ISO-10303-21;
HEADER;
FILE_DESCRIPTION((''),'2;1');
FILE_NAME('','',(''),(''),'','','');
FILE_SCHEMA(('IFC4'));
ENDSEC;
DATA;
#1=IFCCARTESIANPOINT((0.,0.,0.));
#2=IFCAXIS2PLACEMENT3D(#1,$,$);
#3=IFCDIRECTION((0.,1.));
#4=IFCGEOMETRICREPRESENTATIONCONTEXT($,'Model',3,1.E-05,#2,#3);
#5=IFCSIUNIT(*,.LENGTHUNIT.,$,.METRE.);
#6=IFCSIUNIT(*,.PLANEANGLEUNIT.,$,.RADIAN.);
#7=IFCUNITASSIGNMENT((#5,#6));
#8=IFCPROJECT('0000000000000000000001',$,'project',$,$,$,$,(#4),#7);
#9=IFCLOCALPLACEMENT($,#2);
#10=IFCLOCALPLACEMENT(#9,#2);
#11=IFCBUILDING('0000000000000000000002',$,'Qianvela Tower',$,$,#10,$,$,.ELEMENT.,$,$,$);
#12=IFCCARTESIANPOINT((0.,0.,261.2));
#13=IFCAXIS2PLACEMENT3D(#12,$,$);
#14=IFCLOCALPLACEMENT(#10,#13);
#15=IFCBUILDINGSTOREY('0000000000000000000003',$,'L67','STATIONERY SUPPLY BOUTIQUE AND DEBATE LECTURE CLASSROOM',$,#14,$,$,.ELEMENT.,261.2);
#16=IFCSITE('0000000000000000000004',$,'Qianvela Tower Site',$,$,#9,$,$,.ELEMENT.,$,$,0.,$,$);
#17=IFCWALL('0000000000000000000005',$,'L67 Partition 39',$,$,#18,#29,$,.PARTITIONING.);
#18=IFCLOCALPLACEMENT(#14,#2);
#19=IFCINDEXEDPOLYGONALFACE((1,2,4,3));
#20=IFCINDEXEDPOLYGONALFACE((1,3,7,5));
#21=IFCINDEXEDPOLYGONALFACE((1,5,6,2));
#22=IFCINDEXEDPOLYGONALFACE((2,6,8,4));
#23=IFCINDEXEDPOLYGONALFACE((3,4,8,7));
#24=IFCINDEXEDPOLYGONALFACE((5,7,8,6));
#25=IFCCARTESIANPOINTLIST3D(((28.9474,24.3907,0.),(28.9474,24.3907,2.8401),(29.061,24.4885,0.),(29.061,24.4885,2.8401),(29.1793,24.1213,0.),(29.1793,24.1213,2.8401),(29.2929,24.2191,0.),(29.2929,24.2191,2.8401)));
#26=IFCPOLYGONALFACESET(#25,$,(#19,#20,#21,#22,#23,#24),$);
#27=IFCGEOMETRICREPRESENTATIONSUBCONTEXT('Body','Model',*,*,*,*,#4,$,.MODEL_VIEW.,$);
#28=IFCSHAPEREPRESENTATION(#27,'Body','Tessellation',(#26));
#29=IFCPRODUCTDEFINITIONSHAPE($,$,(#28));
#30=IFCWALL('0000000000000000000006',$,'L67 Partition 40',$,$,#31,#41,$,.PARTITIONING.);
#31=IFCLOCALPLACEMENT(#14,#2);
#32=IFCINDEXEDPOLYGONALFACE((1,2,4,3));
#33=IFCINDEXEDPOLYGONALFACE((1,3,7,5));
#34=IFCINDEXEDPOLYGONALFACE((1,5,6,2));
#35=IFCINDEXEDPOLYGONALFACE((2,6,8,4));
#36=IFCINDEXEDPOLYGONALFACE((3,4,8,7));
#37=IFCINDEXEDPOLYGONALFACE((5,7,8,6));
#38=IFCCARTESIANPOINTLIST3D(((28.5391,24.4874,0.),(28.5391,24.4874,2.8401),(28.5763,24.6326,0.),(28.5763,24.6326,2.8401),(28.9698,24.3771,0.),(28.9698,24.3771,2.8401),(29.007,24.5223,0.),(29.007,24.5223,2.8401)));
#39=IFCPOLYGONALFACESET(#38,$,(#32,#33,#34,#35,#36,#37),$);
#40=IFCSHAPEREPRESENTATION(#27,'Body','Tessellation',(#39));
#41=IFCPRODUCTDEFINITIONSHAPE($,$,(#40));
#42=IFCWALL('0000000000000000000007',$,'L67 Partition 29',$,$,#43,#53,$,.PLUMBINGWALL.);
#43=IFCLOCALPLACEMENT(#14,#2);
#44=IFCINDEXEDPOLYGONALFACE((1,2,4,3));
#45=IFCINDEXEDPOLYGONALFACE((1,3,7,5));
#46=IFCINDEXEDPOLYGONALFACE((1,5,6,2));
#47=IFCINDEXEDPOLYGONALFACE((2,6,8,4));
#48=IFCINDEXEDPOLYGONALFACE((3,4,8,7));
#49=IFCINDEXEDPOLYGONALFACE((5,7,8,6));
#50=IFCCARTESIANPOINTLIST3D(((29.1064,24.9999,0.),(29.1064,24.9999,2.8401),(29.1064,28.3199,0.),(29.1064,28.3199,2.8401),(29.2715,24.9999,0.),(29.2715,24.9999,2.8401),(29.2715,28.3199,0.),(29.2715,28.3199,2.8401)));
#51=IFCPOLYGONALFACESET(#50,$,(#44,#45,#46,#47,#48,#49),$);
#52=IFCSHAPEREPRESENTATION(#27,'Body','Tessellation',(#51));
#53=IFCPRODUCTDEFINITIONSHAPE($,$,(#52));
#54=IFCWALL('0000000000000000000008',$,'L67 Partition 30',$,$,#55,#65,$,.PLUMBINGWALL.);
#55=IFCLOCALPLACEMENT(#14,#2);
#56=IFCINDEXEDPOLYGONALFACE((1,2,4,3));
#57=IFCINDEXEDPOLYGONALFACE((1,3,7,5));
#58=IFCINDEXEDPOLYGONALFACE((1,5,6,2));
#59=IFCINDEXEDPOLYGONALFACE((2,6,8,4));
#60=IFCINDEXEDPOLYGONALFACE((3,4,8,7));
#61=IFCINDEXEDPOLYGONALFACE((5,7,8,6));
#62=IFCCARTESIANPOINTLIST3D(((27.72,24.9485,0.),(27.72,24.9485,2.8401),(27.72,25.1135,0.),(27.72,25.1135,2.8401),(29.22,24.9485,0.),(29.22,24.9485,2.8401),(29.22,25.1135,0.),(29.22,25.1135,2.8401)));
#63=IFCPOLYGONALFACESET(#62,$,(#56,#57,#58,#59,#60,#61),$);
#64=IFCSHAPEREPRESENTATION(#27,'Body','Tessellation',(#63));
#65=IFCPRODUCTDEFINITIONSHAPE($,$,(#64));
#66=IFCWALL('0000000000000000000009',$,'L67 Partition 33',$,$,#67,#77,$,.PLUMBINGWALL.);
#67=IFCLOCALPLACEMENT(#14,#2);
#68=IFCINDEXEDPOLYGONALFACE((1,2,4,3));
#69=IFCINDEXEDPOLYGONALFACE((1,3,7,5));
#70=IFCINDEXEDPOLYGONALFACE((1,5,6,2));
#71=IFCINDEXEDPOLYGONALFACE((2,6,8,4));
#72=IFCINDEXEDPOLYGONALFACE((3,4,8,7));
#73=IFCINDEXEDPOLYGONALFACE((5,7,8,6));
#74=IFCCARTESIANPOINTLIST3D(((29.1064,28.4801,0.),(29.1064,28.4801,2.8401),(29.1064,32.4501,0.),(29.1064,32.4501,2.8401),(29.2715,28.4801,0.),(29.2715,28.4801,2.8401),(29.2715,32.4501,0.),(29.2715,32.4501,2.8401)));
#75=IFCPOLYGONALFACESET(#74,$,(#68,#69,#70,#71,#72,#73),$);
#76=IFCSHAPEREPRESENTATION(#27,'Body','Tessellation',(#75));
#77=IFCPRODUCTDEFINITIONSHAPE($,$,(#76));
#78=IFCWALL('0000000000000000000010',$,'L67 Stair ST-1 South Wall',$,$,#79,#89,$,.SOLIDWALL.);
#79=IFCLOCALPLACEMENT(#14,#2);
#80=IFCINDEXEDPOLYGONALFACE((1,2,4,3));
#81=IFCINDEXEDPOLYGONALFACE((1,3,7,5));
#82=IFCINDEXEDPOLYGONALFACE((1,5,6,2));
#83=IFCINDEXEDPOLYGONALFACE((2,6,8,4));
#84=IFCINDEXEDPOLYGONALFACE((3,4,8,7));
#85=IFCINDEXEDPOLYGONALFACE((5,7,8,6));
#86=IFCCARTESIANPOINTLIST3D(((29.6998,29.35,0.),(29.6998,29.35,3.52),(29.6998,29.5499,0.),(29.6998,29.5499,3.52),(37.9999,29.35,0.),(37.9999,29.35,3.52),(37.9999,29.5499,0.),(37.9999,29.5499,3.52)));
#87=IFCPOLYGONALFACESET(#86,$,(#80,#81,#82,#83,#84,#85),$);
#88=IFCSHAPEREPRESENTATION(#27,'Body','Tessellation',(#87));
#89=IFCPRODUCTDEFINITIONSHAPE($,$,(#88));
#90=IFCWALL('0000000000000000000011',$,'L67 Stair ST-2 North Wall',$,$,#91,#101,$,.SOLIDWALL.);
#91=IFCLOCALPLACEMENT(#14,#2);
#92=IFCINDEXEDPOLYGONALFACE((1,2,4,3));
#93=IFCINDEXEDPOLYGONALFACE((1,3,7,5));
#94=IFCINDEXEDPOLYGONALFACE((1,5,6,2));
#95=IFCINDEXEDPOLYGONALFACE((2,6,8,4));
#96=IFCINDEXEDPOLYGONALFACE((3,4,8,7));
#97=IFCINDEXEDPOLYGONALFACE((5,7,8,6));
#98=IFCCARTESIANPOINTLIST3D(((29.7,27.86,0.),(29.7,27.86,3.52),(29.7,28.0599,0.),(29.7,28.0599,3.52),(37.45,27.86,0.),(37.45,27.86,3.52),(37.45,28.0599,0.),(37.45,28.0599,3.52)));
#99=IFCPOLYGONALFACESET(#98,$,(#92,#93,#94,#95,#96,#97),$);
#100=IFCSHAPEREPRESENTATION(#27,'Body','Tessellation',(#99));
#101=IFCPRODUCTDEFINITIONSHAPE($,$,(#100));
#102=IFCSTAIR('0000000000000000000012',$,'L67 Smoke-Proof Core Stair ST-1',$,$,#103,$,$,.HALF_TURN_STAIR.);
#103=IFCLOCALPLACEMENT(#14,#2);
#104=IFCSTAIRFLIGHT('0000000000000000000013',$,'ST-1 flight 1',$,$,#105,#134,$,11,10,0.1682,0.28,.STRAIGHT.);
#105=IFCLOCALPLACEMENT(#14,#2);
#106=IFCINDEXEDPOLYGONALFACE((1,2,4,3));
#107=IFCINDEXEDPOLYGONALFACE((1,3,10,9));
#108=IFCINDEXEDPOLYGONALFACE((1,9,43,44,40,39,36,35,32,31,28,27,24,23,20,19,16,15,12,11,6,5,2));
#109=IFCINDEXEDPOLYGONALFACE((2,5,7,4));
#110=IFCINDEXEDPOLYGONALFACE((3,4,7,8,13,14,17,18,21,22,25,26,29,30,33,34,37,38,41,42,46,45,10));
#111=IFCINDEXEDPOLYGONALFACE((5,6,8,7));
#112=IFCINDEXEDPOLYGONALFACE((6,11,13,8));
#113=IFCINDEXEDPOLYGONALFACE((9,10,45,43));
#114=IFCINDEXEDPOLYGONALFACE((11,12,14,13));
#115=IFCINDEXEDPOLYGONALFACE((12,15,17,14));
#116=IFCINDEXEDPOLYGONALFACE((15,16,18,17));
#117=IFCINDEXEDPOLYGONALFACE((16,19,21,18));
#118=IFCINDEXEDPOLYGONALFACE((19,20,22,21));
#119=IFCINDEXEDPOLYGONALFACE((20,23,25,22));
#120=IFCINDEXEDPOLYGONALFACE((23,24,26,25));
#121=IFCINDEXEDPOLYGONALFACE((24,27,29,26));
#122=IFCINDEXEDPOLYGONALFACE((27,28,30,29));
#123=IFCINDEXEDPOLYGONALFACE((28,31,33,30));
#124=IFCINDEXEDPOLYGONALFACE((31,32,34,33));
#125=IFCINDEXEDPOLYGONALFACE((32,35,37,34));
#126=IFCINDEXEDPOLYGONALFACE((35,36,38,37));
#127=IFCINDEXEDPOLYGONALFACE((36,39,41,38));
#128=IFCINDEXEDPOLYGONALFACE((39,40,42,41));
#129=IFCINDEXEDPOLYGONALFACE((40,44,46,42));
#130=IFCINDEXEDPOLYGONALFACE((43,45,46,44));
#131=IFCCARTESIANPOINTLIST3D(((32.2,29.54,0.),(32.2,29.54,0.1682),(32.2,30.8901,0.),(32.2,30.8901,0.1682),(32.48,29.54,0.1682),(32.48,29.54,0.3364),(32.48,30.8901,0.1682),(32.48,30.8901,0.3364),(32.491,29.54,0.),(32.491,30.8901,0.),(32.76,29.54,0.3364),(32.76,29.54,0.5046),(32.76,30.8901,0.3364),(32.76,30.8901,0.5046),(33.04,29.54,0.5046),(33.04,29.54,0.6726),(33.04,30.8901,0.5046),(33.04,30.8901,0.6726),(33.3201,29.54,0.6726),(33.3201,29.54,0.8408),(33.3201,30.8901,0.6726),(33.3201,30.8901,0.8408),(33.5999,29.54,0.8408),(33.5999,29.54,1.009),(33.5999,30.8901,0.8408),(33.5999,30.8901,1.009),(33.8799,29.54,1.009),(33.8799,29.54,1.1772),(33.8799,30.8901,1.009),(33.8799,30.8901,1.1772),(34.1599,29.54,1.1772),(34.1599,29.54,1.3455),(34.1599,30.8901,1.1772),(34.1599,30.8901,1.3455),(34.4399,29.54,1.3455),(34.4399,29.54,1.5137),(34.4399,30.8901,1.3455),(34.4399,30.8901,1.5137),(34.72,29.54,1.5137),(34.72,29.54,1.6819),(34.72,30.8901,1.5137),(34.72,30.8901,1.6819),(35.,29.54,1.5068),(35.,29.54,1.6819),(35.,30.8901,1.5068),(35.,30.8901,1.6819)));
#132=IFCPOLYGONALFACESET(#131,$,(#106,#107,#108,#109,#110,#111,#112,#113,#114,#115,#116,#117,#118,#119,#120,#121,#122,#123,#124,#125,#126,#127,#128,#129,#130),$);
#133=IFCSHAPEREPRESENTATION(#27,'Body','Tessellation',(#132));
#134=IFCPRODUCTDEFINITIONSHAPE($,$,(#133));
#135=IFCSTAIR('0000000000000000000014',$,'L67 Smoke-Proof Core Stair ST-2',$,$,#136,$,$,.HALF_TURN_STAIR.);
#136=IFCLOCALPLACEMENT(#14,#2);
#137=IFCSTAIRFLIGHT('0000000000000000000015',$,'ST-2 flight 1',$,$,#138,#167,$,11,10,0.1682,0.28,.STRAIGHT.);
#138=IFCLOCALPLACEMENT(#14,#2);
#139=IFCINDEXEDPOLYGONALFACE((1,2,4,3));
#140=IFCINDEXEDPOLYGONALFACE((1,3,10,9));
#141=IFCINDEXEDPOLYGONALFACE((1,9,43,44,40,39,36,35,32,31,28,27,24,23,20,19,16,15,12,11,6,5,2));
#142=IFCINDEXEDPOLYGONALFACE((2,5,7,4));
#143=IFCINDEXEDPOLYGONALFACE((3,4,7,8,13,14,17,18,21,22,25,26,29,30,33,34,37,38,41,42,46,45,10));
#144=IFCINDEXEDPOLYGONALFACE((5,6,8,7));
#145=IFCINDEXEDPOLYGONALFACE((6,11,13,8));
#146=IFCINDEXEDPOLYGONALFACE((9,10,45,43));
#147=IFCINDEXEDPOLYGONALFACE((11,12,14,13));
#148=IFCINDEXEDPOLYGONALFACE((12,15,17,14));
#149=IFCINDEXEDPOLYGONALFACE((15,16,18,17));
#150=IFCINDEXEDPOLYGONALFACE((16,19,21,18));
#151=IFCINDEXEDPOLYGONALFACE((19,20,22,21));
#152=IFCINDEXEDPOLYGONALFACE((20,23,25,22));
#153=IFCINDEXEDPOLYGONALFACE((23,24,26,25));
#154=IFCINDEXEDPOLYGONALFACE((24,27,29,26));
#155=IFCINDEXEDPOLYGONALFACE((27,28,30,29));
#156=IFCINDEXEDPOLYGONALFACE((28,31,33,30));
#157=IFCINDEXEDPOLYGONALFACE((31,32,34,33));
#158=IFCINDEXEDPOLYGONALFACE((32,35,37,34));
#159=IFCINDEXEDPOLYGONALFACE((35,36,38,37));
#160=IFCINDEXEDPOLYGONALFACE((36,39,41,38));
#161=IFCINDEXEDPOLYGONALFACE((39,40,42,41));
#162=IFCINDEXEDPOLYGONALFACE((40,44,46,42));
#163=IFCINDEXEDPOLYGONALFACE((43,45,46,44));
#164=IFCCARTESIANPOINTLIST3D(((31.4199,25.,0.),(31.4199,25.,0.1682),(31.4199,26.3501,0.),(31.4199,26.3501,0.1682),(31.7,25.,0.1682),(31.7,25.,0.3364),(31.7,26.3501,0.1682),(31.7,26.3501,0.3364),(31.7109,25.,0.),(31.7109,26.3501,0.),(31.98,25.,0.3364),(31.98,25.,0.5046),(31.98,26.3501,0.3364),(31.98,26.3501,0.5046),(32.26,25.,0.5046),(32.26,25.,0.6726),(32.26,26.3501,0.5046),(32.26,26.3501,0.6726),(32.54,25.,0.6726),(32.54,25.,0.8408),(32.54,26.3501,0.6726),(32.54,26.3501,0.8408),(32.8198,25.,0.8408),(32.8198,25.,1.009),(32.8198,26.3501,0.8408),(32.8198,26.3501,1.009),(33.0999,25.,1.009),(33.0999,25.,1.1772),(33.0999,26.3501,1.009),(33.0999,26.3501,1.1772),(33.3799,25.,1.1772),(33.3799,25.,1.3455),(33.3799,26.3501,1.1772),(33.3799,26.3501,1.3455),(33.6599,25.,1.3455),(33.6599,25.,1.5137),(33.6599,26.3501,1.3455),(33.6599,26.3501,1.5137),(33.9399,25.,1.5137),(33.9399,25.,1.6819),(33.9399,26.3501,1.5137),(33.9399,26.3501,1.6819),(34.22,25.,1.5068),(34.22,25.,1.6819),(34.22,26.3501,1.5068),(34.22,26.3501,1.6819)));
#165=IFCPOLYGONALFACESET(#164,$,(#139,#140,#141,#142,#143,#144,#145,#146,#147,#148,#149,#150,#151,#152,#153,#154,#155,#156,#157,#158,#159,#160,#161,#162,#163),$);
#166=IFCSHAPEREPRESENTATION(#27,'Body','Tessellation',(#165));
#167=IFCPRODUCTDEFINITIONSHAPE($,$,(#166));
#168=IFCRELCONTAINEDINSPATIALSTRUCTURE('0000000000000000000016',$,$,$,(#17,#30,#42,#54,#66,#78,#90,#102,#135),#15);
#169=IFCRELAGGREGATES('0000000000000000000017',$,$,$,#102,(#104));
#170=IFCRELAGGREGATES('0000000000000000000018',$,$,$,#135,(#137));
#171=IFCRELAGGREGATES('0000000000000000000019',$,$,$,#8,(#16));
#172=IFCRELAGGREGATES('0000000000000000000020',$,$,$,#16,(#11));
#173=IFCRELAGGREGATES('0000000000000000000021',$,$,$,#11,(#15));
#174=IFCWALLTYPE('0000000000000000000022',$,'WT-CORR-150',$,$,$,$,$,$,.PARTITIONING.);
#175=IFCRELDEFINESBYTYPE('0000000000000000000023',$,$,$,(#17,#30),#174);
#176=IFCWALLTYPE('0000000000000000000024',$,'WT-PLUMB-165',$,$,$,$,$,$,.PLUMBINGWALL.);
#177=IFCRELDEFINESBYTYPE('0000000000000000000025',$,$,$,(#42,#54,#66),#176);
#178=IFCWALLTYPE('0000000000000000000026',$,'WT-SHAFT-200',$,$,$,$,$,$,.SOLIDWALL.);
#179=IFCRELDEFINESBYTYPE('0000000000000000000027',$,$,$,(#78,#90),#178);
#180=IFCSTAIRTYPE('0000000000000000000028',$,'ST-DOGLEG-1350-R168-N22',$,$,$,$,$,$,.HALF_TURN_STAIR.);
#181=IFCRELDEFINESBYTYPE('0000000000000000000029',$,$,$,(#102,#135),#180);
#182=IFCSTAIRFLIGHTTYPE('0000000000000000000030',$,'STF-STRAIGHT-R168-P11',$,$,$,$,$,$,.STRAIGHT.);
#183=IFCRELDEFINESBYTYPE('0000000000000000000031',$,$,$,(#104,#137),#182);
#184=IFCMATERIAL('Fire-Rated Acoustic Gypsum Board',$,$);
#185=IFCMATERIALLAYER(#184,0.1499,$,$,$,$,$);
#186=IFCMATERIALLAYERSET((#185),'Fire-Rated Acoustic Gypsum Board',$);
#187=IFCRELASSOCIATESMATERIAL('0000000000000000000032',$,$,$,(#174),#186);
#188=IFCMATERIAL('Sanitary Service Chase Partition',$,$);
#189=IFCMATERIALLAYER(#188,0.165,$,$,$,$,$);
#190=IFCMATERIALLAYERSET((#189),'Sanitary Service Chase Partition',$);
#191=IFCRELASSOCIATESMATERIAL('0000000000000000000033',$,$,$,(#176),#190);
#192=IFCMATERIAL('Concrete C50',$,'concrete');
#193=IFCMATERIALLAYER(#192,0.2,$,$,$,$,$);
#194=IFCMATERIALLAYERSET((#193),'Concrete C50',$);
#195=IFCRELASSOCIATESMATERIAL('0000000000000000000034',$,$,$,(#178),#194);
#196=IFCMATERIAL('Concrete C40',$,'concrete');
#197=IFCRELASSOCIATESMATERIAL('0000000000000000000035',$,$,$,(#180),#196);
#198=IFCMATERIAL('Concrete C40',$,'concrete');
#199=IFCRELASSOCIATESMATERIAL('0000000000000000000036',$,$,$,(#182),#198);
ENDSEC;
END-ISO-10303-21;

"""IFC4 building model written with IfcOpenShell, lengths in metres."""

from ifc_helpers import new_model, si_unit, direction, frame, frame_2d, origin, place, context, subcontext, project, spatial, polyline, rectangle, outline, extrude, material, layer, layer_set, type_object, element, aggregate, save


model = new_model("IFC4")

# Units and contexts
model_context = context("Model", 3, precision=1e-05, world=origin(), true_north=direction((0.0, 1.0)))
body_context = subcontext(model_context, "Body", "Model", "MODEL_VIEW")
ifc_project = project(units=[si_unit("LENGTHUNIT", "METRE"), si_unit("PLANEANGLEUNIT", "RADIAN")], contexts=[model_context])

# Site, building, storey
site_placement = place(None, origin())
site = spatial("IfcSite", under=ifc_project, at=site_placement, Name="Qianvela Tower Site", CompositionType="ELEMENT", RefElevation=0.0)
building_placement = place(site_placement, origin())
building = spatial("IfcBuilding", under=site, at=building_placement, Name="Qianvela Tower", CompositionType="ELEMENT")
storey_placement = place(building_placement, frame((0.0, 0.0, 261.2)))
storey = spatial("IfcBuildingStorey", under=building, at=storey_placement, Name="L67", Description="STATIONERY SUPPLY BOUTIQUE AND DEBATE LECTURE CLASSROOM", CompositionType="ELEMENT", Elevation=261.2)

# Walls
ifc_material_1 = material(Name="Fire-Rated Acoustic Gypsum Board")
ifc_layer_1 = layer(ifc_material_1, 0.1499)
ifc_layer_set_1 = layer_set([ifc_layer_1], Name="Fire-Rated Acoustic Gypsum Board")
wall_type_1 = type_object("IfcWallType", Name="WT-CORR-150", PredefinedType="PARTITIONING", material=ifc_layer_set_1)
wall_1_placement = place(storey_placement, frame((29.2361, 24.1702, 0.0), z_axis=(0.0, 0.0, 1.0), x_axis=(-0.65226, 0.757995, 0.0)))
element("IfcWall", 1, at=wall_1_placement, inside=storey, type_object=wall_type_1, Name="L67 Partition 39", PredefinedType="PARTITIONING", context=body_context, shape_type="SweptSolid", body=[
    extrude(rectangle(XDim=0.3555, YDim=0.1499, at=frame_2d((0.1777, 0.0))), origin(), (0.0, 0.0, 1.0), 2.8401),
])
wall_2_placement = place(storey_placement, frame((28.9883, 24.4497, 0.0), z_axis=(0.0, 0.0, 1.0), x_axis=(-0.968705, 0.248217, 0.0)))
element("IfcWall", 2, at=wall_2_placement, inside=storey, type_object=wall_type_1, Name="L67 Partition 40", PredefinedType="PARTITIONING", context=body_context, shape_type="SweptSolid", body=[
    extrude(rectangle(XDim=0.4446, YDim=0.1499, at=frame_2d((0.2222, 0.0))), origin(), (0.0, 0.0, 1.0), 2.8401),
])
ifc_material_2 = material(Name="Sanitary Service Chase Partition")
ifc_layer_2 = layer(ifc_material_2, 0.165)
ifc_layer_set_2 = layer_set([ifc_layer_2], Name="Sanitary Service Chase Partition")
wall_type_2 = type_object("IfcWallType", Name="WT-PLUMB-165", PredefinedType="PLUMBINGWALL", material=ifc_layer_set_2)
wall_3_placement = place(storey_placement, frame((29.189, 28.3201, 0.0), z_axis=(0.0, 0.0, 1.0), x_axis=(0.0, -1.0, 0.0)))
element("IfcWall", 3, at=wall_3_placement, inside=storey, type_object=wall_type_2, Name="L67 Partition 29", PredefinedType="PLUMBINGWALL", context=body_context, shape_type="SweptSolid", body=[
    extrude(rectangle(XDim=3.3201, YDim=0.165, at=frame_2d((1.6602, 0.0))), origin(), (0.0, 0.0, 1.0), 2.8401),
])
wall_4_placement = place(storey_placement, frame((29.22, 25.031, 0.0), z_axis=(0.0, 0.0, 1.0), x_axis=(-1.0, 0.0, 0.0)))
element("IfcWall", 4, at=wall_4_placement, inside=storey, type_object=wall_type_2, Name="L67 Partition 30", PredefinedType="PLUMBINGWALL", context=body_context, shape_type="SweptSolid", body=[
    extrude(rectangle(XDim=1.5, YDim=0.165, at=frame_2d((0.75, 0.0))), origin(), (0.0, 0.0, 1.0), 2.8401),
])
wall_5_placement = place(storey_placement, frame((29.189, 32.45, 0.0), z_axis=(0.0, 0.0, 1.0), x_axis=(0.0, -1.0, 0.0)))
element("IfcWall", 5, at=wall_5_placement, inside=storey, type_object=wall_type_2, Name="L67 Partition 33", PredefinedType="PLUMBINGWALL", context=body_context, shape_type="SweptSolid", body=[
    extrude(rectangle(XDim=3.97, YDim=0.165, at=frame_2d((1.9849, 0.0))), origin(), (0.0, 0.0, 1.0), 2.8401),
])
ifc_material_3 = material(Name="Concrete C50", Category="concrete")
ifc_layer_3 = layer(ifc_material_3, 0.2)
ifc_layer_set_3 = layer_set([ifc_layer_3], Name="Concrete C50")
wall_type_3 = type_object("IfcWallType", Name="WT-SHAFT-200", PredefinedType="SOLIDWALL", material=ifc_layer_set_3)
wall_6_placement = place(storey_placement, frame((29.7, 29.45, 0.0), z_axis=(0.0, 0.0, 1.0), x_axis=(1.0, 0.0, 0.0)))
element("IfcWall", 6, at=wall_6_placement, inside=storey, type_object=wall_type_3, Name="L67 Stair ST-1 South Wall", PredefinedType="SOLIDWALL", context=body_context, shape_type="SweptSolid", body=[
    extrude(rectangle(XDim=8.3, YDim=0.2, at=frame_2d((4.1499, 0.0))), origin(), (0.0, 0.0, 1.0), 3.52),
])
wall_7_placement = place(storey_placement, frame((29.7, 27.96, 0.0), z_axis=(0.0, 0.0, 1.0), x_axis=(1.0, 0.0, 0.0)))
element("IfcWall", 7, at=wall_7_placement, inside=storey, type_object=wall_type_3, Name="L67 Stair ST-2 North Wall", PredefinedType="SOLIDWALL", context=body_context, shape_type="SweptSolid", body=[
    extrude(rectangle(XDim=7.75, YDim=0.2, at=frame_2d((3.875, 0.0))), origin(), (0.0, 0.0, 1.0), 3.52),
])

# Stair, stair flight
ifc_material_4 = material(Name="Concrete C40", Category="concrete")
stair_type = type_object("IfcStairType", Name="ST-DOGLEG-1350-R168-N22", PredefinedType="HALF_TURN_STAIR", material=ifc_material_4)
stair_1_placement = place(storey_placement, origin())
stair_1 = element("IfcStair", 8, at=stair_1_placement, inside=storey, type_object=stair_type, Name="L67 Smoke-Proof Core Stair ST-1", PredefinedType="HALF_TURN_STAIR")
ifc_material_5 = material(Name="Concrete C40", Category="concrete")
stair_flight_type = type_object("IfcStairFlightType", Name="STF-STRAIGHT-R168-P11", PredefinedType="STRAIGHT", material=ifc_material_5)
stair_flight_1_placement = place(storey_placement, frame((32.2, 30.2151, 0.0), z_axis=(0.0, 0.0, 1.0), x_axis=(1.0, 0.0, 0.0)))
stair_flight_1 = element("IfcStairFlight", 9, at=stair_flight_1_placement, type_object=stair_flight_type, Name="ST-1 flight 1", NumberOfRisers=11, NumberOfTreads=10, PredefinedType="STRAIGHT", RiserHeight=0.1682, TreadLength=0.28, context=body_context, shape_type="SweptSolid", body=[
    extrude(outline(polyline([(0.0, 0.0), (0.0, 0.1682), (0.28, 0.1682), (0.28, 0.3364), (0.5601, 0.3364), (0.5601, 0.5046), (0.8401, 0.5046), (0.8401, 0.6726), (1.1201, 0.6726), (1.1201, 0.8408), (1.3999, 0.8408), (1.3999, 1.009), (1.6799, 1.009), (1.6799, 1.1772), (1.96, 1.1772), (1.96, 1.3455), (2.24, 1.3455), (2.24, 1.5137), (2.52, 1.5137), (2.52, 1.6819), (2.8, 1.6819), (2.8, 1.8501), (2.8, 1.5068), (0.291, 0.0), (0.0, 0.0)])), frame((0.0, 0.675, 0.0), z_axis=(0.0, -1.0, 0.0), x_axis=(1.0, 0.0, 0.0)), (0.0, 0.0, 1.0), 1.3501),
])
aggregate(stair_1, [stair_flight_1])

# Stair, stair flight
stair_2_placement = place(storey_placement, origin())
stair_2 = element("IfcStair", 10, at=stair_2_placement, inside=storey, type_object=stair_type, Name="L67 Smoke-Proof Core Stair ST-2", PredefinedType="HALF_TURN_STAIR")
stair_flight_2_placement = place(storey_placement, frame((31.4199, 25.675, 0.0), z_axis=(0.0, 0.0, 1.0), x_axis=(1.0, 0.0, 0.0)))
stair_flight_2 = element("IfcStairFlight", 11, at=stair_flight_2_placement, type_object=stair_flight_type, Name="ST-2 flight 1", NumberOfRisers=11, NumberOfTreads=10, PredefinedType="STRAIGHT", RiserHeight=0.1682, TreadLength=0.28, context=body_context, shape_type="SweptSolid", body=[
    extrude(outline(polyline([(0.0, 0.0), (0.0, 0.1682), (0.28, 0.1682), (0.28, 0.3364), (0.5601, 0.3364), (0.5601, 0.5046), (0.8401, 0.5046), (0.8401, 0.6726), (1.1201, 0.6726), (1.1201, 0.8408), (1.3999, 0.8408), (1.3999, 1.009), (1.6799, 1.009), (1.6799, 1.1772), (1.96, 1.1772), (1.96, 1.3455), (2.24, 1.3455), (2.24, 1.5137), (2.52, 1.5137), (2.52, 1.6819), (2.8, 1.6819), (2.8, 1.8501), (2.8, 1.5068), (0.291, 0.0), (0.0, 0.0)])), frame((0.0, 0.675, 0.0), z_axis=(0.0, -1.0, 0.0), x_axis=(1.0, 0.0, 0.0)), (0.0, 0.0, 1.0), 1.3501),
])
aggregate(stair_2, [stair_flight_2])

save(model, "model.ifc")
